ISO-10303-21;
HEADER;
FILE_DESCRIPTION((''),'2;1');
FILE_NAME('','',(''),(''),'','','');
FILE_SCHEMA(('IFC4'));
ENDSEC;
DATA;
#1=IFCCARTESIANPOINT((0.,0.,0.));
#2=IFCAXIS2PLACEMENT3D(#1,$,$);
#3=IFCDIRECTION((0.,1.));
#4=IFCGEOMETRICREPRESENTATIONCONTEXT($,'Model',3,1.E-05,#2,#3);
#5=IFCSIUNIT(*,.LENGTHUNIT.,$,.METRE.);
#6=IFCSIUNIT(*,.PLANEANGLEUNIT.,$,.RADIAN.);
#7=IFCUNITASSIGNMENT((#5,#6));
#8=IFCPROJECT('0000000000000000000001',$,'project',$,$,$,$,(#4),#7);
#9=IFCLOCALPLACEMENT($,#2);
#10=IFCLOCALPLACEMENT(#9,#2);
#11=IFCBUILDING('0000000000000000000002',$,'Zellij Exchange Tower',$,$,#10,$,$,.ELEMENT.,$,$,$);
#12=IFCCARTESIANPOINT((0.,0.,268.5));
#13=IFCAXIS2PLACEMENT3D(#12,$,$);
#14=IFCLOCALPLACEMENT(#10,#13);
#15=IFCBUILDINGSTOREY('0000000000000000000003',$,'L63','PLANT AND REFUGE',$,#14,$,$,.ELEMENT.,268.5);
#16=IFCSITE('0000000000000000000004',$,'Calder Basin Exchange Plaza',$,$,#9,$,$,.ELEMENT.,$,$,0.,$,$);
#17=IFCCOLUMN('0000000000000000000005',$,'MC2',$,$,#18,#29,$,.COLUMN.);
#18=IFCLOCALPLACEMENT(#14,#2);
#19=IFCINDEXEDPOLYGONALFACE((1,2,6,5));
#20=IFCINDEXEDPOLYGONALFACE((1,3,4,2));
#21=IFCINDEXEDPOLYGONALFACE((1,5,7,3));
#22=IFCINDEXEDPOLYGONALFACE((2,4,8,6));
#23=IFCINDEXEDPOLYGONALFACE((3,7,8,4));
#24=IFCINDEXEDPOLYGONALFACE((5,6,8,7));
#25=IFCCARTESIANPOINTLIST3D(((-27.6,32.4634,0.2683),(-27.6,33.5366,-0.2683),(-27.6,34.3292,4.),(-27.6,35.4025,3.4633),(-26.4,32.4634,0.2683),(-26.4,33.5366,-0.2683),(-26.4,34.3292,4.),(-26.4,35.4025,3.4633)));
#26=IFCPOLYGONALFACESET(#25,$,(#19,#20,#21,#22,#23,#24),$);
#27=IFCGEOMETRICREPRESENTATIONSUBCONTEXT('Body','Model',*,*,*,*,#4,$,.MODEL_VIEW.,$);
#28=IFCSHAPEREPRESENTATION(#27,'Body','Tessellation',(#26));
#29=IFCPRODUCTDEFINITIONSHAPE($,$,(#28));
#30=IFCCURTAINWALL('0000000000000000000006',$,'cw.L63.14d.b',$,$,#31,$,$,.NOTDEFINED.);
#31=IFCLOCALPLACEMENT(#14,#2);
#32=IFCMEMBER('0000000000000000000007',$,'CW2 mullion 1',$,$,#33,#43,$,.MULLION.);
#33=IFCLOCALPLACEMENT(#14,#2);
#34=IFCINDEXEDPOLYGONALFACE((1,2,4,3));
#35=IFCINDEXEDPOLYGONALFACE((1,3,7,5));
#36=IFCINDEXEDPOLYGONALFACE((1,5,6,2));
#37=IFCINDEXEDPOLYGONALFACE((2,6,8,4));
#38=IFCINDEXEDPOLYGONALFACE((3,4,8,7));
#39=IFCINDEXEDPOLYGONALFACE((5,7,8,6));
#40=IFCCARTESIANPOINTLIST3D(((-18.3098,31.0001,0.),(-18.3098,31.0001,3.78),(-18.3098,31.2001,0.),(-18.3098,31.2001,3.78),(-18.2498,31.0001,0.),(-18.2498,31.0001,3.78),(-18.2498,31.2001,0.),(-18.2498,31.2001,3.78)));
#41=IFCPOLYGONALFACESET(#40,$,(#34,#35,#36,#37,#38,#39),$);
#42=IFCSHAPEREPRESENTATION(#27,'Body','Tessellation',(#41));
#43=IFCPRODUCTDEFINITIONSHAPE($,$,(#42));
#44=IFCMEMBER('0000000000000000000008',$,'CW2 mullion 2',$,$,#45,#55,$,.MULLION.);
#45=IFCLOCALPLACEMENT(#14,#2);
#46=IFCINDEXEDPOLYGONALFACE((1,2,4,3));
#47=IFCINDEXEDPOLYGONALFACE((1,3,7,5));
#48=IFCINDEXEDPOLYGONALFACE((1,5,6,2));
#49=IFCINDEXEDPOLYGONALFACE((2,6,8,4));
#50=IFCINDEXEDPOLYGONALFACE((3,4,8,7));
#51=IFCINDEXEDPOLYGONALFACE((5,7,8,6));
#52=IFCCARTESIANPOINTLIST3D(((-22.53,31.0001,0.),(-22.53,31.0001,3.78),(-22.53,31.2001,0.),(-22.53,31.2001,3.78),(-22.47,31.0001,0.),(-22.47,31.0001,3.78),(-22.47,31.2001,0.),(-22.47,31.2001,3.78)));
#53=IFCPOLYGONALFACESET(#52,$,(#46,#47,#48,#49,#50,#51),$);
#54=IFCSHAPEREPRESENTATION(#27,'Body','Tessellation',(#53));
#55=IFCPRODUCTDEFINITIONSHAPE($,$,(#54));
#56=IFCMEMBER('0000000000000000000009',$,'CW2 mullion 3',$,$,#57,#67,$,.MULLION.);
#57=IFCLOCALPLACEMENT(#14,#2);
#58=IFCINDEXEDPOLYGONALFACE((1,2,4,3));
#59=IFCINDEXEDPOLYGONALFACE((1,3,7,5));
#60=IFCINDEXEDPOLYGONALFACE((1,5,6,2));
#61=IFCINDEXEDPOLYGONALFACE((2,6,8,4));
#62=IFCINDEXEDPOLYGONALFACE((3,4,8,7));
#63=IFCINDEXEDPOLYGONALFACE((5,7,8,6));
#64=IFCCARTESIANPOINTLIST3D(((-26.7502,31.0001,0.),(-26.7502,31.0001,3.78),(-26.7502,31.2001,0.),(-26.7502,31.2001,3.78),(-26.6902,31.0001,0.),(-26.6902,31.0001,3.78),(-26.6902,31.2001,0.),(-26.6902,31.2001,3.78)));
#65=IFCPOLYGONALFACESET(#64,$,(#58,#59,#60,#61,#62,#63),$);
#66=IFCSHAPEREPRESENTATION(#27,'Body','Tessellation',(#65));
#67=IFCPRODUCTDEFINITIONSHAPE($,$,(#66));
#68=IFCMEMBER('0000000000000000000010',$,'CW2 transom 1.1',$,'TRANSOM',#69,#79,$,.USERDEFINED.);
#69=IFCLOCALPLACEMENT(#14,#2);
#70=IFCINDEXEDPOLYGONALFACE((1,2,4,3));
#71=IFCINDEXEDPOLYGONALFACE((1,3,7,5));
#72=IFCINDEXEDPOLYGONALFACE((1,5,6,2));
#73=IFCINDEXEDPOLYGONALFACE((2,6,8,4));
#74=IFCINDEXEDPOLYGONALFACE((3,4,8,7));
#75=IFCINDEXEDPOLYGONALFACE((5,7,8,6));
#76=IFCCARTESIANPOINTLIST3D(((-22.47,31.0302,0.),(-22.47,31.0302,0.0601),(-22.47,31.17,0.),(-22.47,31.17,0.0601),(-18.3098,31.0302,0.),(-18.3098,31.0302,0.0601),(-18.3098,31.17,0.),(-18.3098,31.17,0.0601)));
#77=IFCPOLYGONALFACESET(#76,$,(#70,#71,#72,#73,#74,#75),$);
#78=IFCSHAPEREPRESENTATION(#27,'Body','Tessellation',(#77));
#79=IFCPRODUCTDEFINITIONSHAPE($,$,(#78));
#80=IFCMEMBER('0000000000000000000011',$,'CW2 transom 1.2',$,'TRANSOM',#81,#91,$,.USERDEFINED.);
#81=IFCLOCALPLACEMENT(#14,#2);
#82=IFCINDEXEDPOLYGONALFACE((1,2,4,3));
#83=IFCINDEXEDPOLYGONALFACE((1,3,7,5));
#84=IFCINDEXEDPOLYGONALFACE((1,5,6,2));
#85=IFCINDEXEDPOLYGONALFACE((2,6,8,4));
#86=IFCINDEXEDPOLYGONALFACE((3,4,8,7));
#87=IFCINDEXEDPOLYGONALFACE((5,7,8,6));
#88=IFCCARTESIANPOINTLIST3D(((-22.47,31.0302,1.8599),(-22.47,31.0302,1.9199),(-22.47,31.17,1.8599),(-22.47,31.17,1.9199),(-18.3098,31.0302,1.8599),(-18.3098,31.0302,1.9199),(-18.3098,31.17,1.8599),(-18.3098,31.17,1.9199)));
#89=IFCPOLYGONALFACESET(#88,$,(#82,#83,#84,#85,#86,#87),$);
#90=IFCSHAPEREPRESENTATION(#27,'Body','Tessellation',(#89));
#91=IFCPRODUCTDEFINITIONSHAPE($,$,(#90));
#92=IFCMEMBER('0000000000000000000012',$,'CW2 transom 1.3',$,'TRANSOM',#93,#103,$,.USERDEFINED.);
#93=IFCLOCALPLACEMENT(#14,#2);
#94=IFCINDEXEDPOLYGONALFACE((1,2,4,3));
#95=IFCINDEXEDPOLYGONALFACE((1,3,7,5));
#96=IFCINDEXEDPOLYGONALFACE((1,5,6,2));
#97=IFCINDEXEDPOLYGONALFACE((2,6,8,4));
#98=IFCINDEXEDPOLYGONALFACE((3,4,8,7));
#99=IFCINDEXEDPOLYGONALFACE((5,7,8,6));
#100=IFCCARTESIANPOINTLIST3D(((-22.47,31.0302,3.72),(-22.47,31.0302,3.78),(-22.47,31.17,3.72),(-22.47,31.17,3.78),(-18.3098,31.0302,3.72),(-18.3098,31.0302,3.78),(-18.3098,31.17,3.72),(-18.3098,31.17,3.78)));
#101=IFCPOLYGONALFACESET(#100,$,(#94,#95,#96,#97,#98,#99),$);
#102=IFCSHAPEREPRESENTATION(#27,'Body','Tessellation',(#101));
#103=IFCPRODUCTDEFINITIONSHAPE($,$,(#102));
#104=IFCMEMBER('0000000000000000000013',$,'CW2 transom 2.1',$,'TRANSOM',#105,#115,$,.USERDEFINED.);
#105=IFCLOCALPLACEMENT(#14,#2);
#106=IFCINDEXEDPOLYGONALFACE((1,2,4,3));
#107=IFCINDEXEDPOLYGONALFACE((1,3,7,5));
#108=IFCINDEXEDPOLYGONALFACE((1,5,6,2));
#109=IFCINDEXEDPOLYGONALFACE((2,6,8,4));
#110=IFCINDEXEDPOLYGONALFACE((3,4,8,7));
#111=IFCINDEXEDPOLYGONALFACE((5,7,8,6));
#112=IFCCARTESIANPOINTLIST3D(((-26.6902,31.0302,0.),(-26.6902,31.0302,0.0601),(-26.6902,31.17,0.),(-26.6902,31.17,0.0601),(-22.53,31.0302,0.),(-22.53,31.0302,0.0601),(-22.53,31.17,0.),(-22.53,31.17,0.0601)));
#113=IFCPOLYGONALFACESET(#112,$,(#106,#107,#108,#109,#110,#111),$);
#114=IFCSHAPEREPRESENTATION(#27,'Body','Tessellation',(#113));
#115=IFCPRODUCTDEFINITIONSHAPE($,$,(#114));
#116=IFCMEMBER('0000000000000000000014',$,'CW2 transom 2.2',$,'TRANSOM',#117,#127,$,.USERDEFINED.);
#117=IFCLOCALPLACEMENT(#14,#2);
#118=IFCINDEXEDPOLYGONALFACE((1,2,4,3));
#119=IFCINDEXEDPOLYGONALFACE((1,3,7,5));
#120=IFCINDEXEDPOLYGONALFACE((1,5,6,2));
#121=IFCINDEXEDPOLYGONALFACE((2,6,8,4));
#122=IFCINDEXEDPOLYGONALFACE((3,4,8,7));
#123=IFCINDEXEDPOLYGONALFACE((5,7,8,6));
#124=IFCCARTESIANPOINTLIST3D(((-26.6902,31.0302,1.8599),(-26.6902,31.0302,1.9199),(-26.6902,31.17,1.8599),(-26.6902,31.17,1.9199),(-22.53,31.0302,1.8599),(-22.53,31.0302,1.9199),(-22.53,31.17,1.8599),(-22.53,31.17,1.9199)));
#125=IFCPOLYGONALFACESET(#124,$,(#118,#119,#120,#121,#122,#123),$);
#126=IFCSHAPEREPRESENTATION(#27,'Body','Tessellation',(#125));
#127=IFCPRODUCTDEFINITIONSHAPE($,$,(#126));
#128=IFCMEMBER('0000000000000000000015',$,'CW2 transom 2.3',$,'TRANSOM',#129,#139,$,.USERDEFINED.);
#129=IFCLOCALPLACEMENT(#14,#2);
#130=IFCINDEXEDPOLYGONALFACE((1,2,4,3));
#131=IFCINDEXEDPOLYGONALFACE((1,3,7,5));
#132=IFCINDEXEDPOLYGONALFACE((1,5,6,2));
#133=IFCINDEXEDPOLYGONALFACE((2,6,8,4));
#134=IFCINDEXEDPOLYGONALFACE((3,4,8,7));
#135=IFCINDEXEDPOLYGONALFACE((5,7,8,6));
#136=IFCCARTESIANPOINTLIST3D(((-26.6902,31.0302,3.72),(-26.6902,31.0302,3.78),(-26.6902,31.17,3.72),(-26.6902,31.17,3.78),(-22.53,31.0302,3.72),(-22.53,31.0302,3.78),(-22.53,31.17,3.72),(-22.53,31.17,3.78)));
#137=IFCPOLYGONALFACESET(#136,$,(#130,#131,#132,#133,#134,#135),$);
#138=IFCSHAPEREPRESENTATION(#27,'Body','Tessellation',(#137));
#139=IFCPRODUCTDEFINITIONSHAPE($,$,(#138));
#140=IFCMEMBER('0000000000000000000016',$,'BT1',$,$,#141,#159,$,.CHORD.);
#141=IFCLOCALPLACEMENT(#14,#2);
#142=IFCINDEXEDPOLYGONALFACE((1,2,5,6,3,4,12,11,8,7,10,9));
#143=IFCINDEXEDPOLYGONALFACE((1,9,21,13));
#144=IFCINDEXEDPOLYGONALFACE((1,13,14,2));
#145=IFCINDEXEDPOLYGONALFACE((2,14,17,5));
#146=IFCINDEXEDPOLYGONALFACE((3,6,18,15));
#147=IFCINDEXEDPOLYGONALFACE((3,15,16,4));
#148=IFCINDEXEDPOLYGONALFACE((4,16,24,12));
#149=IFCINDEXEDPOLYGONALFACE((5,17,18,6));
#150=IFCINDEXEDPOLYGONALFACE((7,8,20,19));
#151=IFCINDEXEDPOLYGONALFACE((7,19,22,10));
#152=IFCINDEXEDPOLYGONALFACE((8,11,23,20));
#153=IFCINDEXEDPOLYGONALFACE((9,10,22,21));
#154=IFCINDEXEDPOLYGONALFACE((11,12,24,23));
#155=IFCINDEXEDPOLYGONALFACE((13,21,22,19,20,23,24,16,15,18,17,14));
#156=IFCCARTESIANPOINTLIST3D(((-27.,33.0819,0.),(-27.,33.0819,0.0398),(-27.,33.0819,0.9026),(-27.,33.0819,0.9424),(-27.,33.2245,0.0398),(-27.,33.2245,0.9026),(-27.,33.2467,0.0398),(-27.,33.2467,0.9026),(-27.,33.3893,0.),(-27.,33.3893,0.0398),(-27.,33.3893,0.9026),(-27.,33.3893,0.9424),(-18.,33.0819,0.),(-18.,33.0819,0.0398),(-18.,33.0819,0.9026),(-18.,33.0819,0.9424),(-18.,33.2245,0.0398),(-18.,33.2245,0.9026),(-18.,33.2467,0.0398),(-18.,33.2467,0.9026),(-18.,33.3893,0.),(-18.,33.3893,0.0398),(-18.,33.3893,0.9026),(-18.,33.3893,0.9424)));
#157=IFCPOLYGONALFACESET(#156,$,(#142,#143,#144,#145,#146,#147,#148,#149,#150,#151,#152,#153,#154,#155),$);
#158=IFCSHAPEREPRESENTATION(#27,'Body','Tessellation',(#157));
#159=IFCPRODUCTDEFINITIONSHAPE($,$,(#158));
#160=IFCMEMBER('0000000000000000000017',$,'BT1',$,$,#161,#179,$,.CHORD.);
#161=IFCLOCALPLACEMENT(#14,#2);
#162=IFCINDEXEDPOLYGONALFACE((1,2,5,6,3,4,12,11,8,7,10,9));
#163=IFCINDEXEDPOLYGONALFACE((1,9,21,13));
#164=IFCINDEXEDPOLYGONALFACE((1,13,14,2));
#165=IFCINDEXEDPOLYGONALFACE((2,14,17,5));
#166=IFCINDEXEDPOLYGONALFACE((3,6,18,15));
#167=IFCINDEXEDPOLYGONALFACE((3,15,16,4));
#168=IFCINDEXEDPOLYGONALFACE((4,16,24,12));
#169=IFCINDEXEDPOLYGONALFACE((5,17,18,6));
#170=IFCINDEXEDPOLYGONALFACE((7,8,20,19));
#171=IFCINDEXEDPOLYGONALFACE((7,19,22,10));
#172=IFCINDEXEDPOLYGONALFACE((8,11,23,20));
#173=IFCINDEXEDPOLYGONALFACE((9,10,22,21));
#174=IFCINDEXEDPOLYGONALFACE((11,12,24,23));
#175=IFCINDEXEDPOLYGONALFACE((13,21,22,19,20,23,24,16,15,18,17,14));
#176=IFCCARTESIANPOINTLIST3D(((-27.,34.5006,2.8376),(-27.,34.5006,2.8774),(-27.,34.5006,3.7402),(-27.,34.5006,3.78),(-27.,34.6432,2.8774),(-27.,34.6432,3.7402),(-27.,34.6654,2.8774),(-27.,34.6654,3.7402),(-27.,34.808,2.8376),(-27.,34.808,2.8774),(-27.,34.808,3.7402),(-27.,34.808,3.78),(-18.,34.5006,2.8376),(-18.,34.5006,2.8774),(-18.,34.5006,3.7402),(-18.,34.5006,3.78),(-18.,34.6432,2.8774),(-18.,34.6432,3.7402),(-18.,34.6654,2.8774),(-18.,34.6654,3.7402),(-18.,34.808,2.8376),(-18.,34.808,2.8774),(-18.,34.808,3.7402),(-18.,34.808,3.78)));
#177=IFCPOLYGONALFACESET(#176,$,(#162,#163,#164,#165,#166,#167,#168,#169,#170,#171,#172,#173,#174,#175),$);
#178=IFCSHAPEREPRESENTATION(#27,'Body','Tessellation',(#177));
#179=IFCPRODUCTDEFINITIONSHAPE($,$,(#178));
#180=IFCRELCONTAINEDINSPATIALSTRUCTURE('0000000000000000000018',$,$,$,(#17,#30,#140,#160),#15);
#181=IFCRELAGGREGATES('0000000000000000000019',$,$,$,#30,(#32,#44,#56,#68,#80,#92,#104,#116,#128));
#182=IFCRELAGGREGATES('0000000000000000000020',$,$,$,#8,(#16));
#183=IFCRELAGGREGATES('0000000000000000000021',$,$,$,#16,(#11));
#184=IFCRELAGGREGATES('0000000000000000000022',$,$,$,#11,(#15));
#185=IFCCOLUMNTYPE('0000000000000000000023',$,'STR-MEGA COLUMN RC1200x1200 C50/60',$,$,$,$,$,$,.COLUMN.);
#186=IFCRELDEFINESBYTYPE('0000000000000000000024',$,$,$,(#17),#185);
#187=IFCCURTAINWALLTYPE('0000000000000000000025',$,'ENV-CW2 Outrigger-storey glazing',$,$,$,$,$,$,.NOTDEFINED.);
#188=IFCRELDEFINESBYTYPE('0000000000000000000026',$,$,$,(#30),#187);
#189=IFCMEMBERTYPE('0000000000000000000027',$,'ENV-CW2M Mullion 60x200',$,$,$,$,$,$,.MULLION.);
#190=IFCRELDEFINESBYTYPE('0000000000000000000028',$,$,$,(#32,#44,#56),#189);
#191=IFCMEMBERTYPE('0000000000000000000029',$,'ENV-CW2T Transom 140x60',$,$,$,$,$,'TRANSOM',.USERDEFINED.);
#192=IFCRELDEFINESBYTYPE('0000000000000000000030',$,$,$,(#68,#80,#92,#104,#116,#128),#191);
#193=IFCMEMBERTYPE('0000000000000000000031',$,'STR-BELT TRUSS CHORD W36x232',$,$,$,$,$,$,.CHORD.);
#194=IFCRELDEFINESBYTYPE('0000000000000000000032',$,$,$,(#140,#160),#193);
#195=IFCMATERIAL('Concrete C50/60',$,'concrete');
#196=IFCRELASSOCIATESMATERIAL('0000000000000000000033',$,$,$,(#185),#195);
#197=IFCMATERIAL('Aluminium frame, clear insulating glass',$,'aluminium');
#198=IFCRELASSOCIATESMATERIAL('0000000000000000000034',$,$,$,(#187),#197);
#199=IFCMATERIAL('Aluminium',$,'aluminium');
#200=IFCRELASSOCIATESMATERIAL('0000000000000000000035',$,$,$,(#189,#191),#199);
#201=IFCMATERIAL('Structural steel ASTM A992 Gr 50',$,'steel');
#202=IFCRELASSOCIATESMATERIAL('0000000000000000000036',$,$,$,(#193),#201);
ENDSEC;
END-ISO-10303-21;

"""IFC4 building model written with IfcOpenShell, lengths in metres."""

from ifc_helpers import new_model, si_unit, direction, frame, origin, origin_2d, place, context, subcontext, project, spatial, rectangle, i_section, extrude, clip, halfspace, material, material_profile, profile_set, type_object, element, aggregate, save


model = new_model("IFC4")

# Units and contexts
model_context = context("Model", 3, precision=1e-05, world=origin(), true_north=direction((0.0, 1.0)))
body_context = subcontext(model_context, "Body", "Model", "MODEL_VIEW")
ifc_project = project(units=[si_unit("LENGTHUNIT", "METRE"), si_unit("PLANEANGLEUNIT", "RADIAN")], contexts=[model_context])

# Site, building, storey
site_placement = place(None, origin())
site = spatial("IfcSite", under=ifc_project, at=site_placement, Name="Calder Basin Exchange Plaza", CompositionType="ELEMENT", RefElevation=0.0)
building_placement = place(site_placement, origin())
building = spatial("IfcBuilding", under=site, at=building_placement, Name="Zellij Exchange Tower", CompositionType="ELEMENT")
storey_placement = place(building_placement, frame((0.0, 0.0, 268.5)))
storey = spatial("IfcBuildingStorey", under=building, at=storey_placement, Name="L63", Description="PLANT AND REFUGE", CompositionType="ELEMENT", Elevation=268.5)

# Column
ifc_material_1 = material(Name="Concrete C50/60", Category="concrete")
ifc_material_profile_1 = material_profile(ifc_material_1, rectangle(XDim=1.2, YDim=1.2, at=origin_2d()), Name="STR-MEGA COLUMN RC1200x1200 C50/60")
ifc_profile_set_1 = profile_set([ifc_material_profile_1], Name="Concrete C50/60")
column_type = type_object("IfcColumnType", Name="STR-MEGA COLUMN RC1200x1200 C50/60", PredefinedType="COLUMN", material=ifc_profile_set_1)
column_placement = place(storey_placement, frame((-27.0, 33.0, 0.0), z_axis=(0.0, 0.447214, 0.894427), x_axis=(-1.0, 0.0, 0.0)))
element("IfcColumn", 1, at=column_placement, inside=storey, type_object=column_type, Name="MC2", PredefinedType="COLUMN", context=body_context, shape_type="Clipping", body=[
    clip(extrude(rectangle(XDim=1.2, YDim=1.2, at=origin_2d()), origin(), (0.0, 0.0, 1.0), 4.4722), halfspace(frame((0.0, 0.0, 4.1721)), False)),
])

# Curtain wall, members
ifc_material_2 = material(Name="Aluminium frame, clear insulating glass", Category="aluminium")
curtain_wall_type = type_object("IfcCurtainWallType", Name="ENV-CW2 Outrigger-storey glazing", PredefinedType="NOTDEFINED", material=ifc_material_2)
curtain_wall_placement = place(storey_placement, origin())
curtain_wall = element("IfcCurtainWall", 2, at=curtain_wall_placement, inside=storey, type_object=curtain_wall_type, Name="cw.L63.14d.b", PredefinedType="NOTDEFINED")
ifc_material_3 = material(Name="Aluminium", Category="aluminium")
ifc_material_profile_2 = material_profile(ifc_material_3, rectangle(XDim=0.0601, YDim=0.2, at=origin_2d()), Name="AL 60x200")
ifc_profile_set_2 = profile_set([ifc_material_profile_2], Name="Aluminium")
member_type_1 = type_object("IfcMemberType", Name="ENV-CW2M Mullion 60x200", PredefinedType="MULLION", material=ifc_profile_set_2)
member_1_placement = place(storey_placement, frame((-18.2798, 31.1001, 0.0), z_axis=(0.0, 0.0, 1.0), x_axis=(-1.0, 0.0, 0.0)))
member_1 = element("IfcMember", 3, at=member_1_placement, type_object=member_type_1, Name="CW2 mullion 1", PredefinedType="MULLION", context=body_context, shape_type="SweptSolid", body=[
    extrude(rectangle(XDim=0.0601, YDim=0.2, at=origin_2d()), origin(), (0.0, 0.0, 1.0), 3.78),
])
member_2_placement = place(storey_placement, frame((-22.5, 31.1001, 0.0), z_axis=(0.0, 0.0, 1.0), x_axis=(-1.0, 0.0, 0.0)))
member_2 = element("IfcMember", 4, at=member_2_placement, type_object=member_type_1, Name="CW2 mullion 2", PredefinedType="MULLION", context=body_context, shape_type="SweptSolid", body=[
    extrude(rectangle(XDim=0.0601, YDim=0.2, at=origin_2d()), origin(), (0.0, 0.0, 1.0), 3.78),
])
member_3_placement = place(storey_placement, frame((-26.7202, 31.1001, 0.0), z_axis=(0.0, 0.0, 1.0), x_axis=(-1.0, 0.0, 0.0)))
member_3 = element("IfcMember", 5, at=member_3_placement, type_object=member_type_1, Name="CW2 mullion 3", PredefinedType="MULLION", context=body_context, shape_type="SweptSolid", body=[
    extrude(rectangle(XDim=0.0601, YDim=0.2, at=origin_2d()), origin(), (0.0, 0.0, 1.0), 3.78),
])
ifc_material_profile_3 = material_profile(ifc_material_3, rectangle(XDim=0.1399, YDim=0.0601, at=origin_2d()), Name="AL 140x60")
ifc_profile_set_3 = profile_set([ifc_material_profile_3], Name="Aluminium")
member_type_2 = type_object("IfcMemberType", Name="ENV-CW2T Transom 140x60", ElementType="TRANSOM", PredefinedType="USERDEFINED", material=ifc_profile_set_3)
member_4_placement = place(storey_placement, frame((-18.3098, 31.1001, 0.03), z_axis=(-1.0, 0.0, 0.0), x_axis=(0.0, -1.0, 0.0)))
member_4 = element("IfcMember", 6, at=member_4_placement, type_object=member_type_2, Name="CW2 transom 1.1", ObjectType="TRANSOM", PredefinedType="USERDEFINED", context=body_context, shape_type="SweptSolid", body=[
    extrude(rectangle(XDim=0.1399, YDim=0.0601, at=origin_2d()), origin(), (0.0, 0.0, 1.0), 4.1602),
])
member_5_placement = place(storey_placement, frame((-18.3098, 31.1001, 1.8899), z_axis=(-1.0, 0.0, 0.0), x_axis=(0.0, -1.0, 0.0)))
member_5 = element("IfcMember", 7, at=member_5_placement, type_object=member_type_2, Name="CW2 transom 1.2", ObjectType="TRANSOM", PredefinedType="USERDEFINED", context=body_context, shape_type="SweptSolid", body=[
    extrude(rectangle(XDim=0.1399, YDim=0.0601, at=origin_2d()), origin(), (0.0, 0.0, 1.0), 4.1602),
])
member_6_placement = place(storey_placement, frame((-18.3098, 31.1001, 3.75), z_axis=(-1.0, 0.0, 0.0), x_axis=(0.0, -1.0, 0.0)))
member_6 = element("IfcMember", 8, at=member_6_placement, type_object=member_type_2, Name="CW2 transom 1.3", ObjectType="TRANSOM", PredefinedType="USERDEFINED", context=body_context, shape_type="SweptSolid", body=[
    extrude(rectangle(XDim=0.1399, YDim=0.0601, at=origin_2d()), origin(), (0.0, 0.0, 1.0), 4.1602),
])
member_7_placement = place(storey_placement, frame((-22.53, 31.1001, 0.03), z_axis=(-1.0, 0.0, 0.0), x_axis=(0.0, -1.0, 0.0)))
member_7 = element("IfcMember", 9, at=member_7_placement, type_object=member_type_2, Name="CW2 transom 2.1", ObjectType="TRANSOM", PredefinedType="USERDEFINED", context=body_context, shape_type="SweptSolid", body=[
    extrude(rectangle(XDim=0.1399, YDim=0.0601, at=origin_2d()), origin(), (0.0, 0.0, 1.0), 4.1602),
])
member_8_placement = place(storey_placement, frame((-22.53, 31.1001, 1.8899), z_axis=(-1.0, 0.0, 0.0), x_axis=(0.0, -1.0, 0.0)))
member_8 = element("IfcMember", 10, at=member_8_placement, type_object=member_type_2, Name="CW2 transom 2.2", ObjectType="TRANSOM", PredefinedType="USERDEFINED", context=body_context, shape_type="SweptSolid", body=[
    extrude(rectangle(XDim=0.1399, YDim=0.0601, at=origin_2d()), origin(), (0.0, 0.0, 1.0), 4.1602),
])
member_9_placement = place(storey_placement, frame((-22.53, 31.1001, 3.75), z_axis=(-1.0, 0.0, 0.0), x_axis=(0.0, -1.0, 0.0)))
member_9 = element("IfcMember", 11, at=member_9_placement, type_object=member_type_2, Name="CW2 transom 2.3", ObjectType="TRANSOM", PredefinedType="USERDEFINED", context=body_context, shape_type="SweptSolid", body=[
    extrude(rectangle(XDim=0.1399, YDim=0.0601, at=origin_2d()), origin(), (0.0, 0.0, 1.0), 4.1602),
])

# Members
ifc_material_4 = material(Name="Structural steel ASTM A992 Gr 50", Category="steel")
ifc_material_profile_4 = material_profile(ifc_material_4, i_section(OverallWidth=0.3074, OverallDepth=0.9424, WebThickness=0.0222, FlangeThickness=0.0398, at=origin_2d()), Name="W36x232")
ifc_profile_set_4 = profile_set([ifc_material_profile_4], Name="Structural steel ASTM A992 Gr 50")
member_type_3 = type_object("IfcMemberType", Name="STR-BELT TRUSS CHORD W36x232", PredefinedType="CHORD", material=ifc_profile_set_4)
for number, where, z_axis, x_axis, name in (
    (12, (-27.0, 33.2356, 0.4712), (1.0, 0.0, 0.0), (0.0, 1.0, 0.0), "BT1"),
    (13, (-27.0, 34.6543, 3.3088), (1.0, 0.0, 0.0), (0.0, 1.0, 0.0), "BT1"),
):
    element("IfcMember", number, at=place(storey_placement, frame(where, z_axis=z_axis, x_axis=x_axis)), inside=storey, type_object=member_type_3, Name=name, PredefinedType="CHORD", context=body_context, shape_type="SweptSolid", body=[
        extrude(i_section(OverallWidth=0.3074, OverallDepth=0.9424, WebThickness=0.0222, FlangeThickness=0.0398, at=origin_2d()), origin(), (0.0, 0.0, 1.0), 9.0),
    ])

aggregate(curtain_wall, [member_1, member_2, member_3, member_4, member_5, member_6, member_7, member_8, member_9])

save(model, "model.ifc")
